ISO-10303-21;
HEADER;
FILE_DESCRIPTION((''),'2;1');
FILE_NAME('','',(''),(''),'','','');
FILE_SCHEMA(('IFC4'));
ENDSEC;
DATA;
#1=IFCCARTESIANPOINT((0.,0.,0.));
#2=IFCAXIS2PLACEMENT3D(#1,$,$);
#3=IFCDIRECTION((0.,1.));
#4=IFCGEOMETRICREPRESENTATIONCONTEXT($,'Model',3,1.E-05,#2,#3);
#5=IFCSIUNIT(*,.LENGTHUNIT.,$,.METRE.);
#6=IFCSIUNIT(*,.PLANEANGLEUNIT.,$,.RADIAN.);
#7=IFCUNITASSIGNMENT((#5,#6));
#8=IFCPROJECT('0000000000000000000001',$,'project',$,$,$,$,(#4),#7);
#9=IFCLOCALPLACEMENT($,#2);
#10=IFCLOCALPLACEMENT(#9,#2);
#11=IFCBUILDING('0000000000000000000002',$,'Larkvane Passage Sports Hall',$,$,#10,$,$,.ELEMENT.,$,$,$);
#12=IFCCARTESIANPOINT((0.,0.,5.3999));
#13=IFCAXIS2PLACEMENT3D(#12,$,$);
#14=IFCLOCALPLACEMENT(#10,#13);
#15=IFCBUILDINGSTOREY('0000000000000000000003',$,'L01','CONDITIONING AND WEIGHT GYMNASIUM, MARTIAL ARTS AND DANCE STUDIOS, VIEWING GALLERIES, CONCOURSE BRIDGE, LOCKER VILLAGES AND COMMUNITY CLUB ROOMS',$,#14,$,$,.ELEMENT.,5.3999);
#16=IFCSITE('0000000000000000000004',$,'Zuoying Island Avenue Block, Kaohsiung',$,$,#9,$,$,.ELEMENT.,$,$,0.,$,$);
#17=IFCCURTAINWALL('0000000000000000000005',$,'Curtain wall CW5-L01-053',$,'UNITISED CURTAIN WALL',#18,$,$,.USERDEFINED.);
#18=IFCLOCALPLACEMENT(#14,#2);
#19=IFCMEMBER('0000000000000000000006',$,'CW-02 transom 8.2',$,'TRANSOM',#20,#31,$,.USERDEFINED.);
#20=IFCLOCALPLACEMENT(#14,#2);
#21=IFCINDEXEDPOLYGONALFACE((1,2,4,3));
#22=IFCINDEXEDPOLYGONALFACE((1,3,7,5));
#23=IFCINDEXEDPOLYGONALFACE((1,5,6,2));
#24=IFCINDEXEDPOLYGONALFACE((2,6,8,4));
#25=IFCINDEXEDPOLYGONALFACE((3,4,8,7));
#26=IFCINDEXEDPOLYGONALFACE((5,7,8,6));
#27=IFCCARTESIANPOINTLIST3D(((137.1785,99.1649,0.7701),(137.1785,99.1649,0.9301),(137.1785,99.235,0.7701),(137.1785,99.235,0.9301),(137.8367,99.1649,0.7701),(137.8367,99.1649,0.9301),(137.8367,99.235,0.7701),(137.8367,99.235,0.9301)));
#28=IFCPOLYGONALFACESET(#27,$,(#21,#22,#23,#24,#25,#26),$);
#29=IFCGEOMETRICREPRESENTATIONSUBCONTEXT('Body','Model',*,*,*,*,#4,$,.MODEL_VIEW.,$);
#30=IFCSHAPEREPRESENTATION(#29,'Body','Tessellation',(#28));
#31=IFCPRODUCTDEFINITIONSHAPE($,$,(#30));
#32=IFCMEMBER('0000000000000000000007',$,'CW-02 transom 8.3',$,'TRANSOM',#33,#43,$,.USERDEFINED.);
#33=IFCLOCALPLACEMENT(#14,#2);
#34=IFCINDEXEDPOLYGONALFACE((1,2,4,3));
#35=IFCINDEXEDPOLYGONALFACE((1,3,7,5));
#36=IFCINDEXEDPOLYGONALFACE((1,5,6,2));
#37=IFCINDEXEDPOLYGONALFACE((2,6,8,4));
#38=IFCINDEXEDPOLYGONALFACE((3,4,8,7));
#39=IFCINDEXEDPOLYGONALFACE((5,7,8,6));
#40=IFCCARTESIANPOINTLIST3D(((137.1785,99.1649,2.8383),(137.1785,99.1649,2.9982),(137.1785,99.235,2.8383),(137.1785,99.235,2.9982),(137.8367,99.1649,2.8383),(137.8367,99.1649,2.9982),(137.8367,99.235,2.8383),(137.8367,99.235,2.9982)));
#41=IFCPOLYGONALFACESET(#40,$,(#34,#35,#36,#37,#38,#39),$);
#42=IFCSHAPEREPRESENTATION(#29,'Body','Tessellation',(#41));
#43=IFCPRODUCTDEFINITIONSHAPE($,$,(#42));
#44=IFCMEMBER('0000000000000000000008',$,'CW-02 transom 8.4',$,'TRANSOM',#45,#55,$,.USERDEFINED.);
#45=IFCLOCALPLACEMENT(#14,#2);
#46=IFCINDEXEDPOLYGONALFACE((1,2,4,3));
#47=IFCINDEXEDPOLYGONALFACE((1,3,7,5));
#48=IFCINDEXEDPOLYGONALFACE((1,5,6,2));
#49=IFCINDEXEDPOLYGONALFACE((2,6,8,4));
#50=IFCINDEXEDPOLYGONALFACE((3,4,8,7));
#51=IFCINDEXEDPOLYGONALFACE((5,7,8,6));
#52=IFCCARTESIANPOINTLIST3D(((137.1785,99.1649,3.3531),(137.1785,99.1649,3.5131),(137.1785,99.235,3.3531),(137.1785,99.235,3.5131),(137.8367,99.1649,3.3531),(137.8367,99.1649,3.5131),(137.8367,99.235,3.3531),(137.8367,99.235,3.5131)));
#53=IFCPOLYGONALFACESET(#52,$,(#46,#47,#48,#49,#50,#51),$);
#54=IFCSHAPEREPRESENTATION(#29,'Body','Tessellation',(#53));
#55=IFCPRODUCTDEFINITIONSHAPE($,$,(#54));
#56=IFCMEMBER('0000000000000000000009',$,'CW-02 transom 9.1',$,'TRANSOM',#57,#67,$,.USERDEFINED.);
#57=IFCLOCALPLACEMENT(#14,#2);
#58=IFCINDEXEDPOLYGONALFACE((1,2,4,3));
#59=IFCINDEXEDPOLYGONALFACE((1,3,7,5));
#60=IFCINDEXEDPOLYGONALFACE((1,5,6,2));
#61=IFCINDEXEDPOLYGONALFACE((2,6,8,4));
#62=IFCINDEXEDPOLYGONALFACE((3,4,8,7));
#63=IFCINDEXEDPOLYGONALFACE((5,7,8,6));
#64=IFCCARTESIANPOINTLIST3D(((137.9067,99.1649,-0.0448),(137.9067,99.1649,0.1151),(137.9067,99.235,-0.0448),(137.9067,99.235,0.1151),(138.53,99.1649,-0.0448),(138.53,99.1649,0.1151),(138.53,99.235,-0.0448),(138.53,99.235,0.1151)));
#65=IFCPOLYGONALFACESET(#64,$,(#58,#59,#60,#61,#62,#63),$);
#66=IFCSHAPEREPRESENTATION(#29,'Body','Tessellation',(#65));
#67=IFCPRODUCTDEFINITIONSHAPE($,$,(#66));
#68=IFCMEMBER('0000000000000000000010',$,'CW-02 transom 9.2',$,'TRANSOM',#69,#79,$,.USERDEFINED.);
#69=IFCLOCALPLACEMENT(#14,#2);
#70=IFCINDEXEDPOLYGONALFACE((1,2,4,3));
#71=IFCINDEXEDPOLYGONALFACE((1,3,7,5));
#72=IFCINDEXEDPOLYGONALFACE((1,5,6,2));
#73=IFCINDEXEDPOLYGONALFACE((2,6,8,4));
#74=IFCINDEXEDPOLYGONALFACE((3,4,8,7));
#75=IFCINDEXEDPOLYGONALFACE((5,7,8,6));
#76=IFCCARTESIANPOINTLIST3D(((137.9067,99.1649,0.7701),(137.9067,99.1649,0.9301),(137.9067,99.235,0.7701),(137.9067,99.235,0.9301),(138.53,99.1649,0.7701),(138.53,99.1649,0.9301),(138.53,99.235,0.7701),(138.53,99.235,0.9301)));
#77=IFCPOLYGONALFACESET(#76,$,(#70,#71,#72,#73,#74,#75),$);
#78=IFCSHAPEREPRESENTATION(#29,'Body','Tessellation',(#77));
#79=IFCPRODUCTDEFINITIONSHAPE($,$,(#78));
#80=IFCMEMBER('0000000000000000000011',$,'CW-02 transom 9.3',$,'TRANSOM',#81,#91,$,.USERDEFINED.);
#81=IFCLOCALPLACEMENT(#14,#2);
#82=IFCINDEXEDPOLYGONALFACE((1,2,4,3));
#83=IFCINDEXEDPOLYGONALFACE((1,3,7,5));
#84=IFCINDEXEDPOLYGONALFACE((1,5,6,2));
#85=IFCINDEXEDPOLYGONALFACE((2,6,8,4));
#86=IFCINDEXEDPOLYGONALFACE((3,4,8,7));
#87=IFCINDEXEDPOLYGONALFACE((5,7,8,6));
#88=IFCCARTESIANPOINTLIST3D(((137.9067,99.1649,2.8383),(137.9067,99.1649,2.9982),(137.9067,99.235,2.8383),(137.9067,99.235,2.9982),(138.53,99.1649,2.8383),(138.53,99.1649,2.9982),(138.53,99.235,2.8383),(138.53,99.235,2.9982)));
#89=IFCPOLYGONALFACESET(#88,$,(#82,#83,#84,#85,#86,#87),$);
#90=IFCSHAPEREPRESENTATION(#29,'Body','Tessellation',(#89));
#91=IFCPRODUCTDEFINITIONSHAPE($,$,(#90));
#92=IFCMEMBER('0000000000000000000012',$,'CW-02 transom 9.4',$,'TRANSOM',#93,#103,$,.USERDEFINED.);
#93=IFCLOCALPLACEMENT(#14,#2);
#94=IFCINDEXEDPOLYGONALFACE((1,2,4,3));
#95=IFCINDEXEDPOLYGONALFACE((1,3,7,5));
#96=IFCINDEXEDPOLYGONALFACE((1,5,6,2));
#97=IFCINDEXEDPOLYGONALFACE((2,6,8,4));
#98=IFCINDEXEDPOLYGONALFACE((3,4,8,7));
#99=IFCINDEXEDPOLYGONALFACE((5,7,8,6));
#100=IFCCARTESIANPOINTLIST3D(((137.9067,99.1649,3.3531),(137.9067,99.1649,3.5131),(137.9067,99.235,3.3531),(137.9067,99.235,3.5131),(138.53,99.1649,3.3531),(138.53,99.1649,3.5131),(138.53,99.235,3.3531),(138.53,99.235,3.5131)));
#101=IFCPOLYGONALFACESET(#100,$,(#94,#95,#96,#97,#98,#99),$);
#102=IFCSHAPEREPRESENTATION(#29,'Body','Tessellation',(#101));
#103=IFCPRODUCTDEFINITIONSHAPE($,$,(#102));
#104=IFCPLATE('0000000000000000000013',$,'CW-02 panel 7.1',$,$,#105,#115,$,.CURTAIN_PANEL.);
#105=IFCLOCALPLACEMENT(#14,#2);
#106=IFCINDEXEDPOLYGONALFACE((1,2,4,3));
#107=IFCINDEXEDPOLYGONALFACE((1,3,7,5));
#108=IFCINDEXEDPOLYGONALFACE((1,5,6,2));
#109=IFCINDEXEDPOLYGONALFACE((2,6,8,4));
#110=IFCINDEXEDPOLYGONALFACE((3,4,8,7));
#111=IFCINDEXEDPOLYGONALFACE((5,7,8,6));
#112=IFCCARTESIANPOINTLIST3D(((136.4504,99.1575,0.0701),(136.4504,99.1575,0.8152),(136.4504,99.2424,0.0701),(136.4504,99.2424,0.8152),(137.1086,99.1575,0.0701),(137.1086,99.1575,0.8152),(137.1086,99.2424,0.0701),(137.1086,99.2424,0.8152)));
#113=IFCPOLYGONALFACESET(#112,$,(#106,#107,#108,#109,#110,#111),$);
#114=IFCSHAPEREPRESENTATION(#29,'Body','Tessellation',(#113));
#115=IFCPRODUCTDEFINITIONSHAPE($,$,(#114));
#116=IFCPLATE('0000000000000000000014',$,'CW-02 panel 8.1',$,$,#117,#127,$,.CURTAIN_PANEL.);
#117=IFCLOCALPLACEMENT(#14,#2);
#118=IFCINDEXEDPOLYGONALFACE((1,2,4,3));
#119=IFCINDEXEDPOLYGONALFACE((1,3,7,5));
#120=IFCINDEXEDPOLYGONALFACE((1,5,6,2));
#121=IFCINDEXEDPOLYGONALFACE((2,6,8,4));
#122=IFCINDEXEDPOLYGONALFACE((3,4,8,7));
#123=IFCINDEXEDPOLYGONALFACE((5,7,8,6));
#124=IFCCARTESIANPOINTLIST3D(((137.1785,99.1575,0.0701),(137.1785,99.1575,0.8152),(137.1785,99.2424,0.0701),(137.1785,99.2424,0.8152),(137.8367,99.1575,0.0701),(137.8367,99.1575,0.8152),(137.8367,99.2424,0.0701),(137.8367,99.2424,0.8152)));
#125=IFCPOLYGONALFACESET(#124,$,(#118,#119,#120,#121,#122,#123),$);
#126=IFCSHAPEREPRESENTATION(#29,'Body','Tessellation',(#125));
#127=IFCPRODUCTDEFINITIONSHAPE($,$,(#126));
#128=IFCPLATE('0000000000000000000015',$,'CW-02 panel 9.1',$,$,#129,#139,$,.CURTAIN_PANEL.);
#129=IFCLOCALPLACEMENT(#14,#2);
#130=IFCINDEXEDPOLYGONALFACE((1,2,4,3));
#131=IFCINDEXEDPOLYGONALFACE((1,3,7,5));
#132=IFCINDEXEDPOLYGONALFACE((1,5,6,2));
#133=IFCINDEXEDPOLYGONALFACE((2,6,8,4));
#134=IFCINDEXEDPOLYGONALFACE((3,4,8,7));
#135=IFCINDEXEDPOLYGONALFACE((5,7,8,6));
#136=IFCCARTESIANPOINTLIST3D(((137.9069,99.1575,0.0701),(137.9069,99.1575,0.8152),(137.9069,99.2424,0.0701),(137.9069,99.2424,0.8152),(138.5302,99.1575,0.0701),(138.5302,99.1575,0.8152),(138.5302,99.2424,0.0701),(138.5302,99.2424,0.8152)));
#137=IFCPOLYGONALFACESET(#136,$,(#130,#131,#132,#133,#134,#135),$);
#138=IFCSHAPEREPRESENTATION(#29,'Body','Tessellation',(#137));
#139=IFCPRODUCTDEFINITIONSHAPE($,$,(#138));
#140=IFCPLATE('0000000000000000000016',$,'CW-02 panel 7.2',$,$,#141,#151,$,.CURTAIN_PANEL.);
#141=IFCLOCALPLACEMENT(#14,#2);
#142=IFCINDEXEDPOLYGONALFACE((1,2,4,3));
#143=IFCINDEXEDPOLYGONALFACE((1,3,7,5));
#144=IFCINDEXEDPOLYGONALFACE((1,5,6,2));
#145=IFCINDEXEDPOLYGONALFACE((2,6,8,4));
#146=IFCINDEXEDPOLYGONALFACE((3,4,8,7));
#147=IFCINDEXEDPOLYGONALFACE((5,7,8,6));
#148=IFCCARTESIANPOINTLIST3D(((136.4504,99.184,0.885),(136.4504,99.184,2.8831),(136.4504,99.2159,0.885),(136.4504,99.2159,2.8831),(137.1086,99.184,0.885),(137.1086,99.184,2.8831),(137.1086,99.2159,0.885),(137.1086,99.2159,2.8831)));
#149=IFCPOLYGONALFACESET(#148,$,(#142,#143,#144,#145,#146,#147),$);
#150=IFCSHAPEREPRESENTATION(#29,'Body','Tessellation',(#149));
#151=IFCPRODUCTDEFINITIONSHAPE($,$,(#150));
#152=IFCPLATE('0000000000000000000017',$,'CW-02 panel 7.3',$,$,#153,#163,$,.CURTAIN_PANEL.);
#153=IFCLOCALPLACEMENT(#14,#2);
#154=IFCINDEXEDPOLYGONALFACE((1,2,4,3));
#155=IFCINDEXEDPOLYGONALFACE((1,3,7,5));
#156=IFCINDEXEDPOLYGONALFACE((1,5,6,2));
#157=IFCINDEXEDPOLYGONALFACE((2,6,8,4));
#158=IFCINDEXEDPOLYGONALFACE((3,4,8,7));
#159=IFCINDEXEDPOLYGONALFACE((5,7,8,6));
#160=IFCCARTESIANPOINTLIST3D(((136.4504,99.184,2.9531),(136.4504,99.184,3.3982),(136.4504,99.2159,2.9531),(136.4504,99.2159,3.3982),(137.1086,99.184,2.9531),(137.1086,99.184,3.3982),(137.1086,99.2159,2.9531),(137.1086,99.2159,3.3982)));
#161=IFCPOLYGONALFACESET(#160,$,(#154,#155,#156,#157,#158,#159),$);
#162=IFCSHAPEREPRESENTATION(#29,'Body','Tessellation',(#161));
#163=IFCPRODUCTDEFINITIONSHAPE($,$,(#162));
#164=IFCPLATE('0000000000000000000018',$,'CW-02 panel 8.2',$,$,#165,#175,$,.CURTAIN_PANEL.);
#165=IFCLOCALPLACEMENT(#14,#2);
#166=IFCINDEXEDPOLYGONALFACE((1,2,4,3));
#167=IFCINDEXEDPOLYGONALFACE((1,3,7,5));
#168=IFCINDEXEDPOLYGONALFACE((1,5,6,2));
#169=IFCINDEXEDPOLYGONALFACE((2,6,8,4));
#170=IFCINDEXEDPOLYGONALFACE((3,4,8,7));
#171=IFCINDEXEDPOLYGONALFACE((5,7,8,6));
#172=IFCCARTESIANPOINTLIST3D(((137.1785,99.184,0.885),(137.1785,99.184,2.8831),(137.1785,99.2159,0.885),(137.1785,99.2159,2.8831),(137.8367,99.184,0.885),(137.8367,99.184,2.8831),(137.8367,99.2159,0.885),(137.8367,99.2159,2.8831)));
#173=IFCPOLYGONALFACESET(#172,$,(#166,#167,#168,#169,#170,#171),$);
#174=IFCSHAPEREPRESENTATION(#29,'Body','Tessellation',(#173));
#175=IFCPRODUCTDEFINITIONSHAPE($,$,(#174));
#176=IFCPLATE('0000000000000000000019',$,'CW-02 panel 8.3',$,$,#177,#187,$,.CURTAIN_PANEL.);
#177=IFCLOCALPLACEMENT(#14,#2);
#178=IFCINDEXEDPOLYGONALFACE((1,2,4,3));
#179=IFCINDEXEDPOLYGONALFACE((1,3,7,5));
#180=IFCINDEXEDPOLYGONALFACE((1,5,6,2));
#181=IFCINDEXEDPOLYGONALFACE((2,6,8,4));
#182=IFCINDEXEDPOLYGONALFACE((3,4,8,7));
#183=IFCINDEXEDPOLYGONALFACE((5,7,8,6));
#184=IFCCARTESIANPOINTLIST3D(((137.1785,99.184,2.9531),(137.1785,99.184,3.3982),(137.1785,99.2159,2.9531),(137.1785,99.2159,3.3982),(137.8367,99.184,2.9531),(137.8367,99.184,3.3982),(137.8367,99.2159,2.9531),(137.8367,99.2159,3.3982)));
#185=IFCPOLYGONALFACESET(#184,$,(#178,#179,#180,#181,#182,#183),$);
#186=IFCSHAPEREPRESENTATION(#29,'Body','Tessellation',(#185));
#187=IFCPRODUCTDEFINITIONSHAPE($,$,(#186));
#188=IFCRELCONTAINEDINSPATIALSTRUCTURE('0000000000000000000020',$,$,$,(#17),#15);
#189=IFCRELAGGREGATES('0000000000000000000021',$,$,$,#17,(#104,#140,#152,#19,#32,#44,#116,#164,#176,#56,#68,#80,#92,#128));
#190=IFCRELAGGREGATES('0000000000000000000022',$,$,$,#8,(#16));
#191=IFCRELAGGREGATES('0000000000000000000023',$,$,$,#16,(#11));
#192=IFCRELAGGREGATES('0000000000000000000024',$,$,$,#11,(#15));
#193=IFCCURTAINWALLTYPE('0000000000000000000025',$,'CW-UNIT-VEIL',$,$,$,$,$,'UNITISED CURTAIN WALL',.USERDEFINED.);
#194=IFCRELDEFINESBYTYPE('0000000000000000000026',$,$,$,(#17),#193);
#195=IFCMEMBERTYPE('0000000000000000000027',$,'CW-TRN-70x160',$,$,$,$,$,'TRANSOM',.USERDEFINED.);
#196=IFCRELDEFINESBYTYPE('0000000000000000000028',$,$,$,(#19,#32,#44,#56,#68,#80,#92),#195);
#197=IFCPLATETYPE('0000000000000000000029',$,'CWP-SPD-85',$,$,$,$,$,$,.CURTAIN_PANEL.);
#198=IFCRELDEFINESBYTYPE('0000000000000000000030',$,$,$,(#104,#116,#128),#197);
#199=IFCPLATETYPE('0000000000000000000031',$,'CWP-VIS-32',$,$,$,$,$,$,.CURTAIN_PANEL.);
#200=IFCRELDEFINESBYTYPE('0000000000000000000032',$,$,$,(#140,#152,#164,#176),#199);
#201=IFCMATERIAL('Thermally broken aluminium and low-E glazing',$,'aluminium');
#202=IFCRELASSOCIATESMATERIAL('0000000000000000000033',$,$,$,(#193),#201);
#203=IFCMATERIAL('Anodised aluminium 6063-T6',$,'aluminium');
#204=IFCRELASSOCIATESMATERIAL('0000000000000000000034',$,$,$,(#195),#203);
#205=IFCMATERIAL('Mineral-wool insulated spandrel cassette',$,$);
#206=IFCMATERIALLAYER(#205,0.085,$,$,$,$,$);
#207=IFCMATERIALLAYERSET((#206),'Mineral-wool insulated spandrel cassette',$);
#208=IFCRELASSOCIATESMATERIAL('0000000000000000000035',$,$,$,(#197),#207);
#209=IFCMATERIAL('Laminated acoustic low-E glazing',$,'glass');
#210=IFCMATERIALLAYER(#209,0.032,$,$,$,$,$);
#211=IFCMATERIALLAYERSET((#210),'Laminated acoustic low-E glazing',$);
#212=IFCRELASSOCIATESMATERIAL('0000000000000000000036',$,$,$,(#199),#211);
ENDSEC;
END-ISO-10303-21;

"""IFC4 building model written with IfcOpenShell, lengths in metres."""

from ifc_helpers import new_model, si_unit, direction, frame, origin, origin_2d, place, context, subcontext, project, spatial, rectangle, extrude, material, layer, layer_set, material_profile, profile_set, type_object, element, aggregate, save


model = new_model("IFC4")

# Units and contexts
model_context = context("Model", 3, precision=1e-05, world=origin(), true_north=direction((0.0, 1.0)))
body_context = subcontext(model_context, "Body", "Model", "MODEL_VIEW")
ifc_project = project(units=[si_unit("LENGTHUNIT", "METRE"), si_unit("PLANEANGLEUNIT", "RADIAN")], contexts=[model_context])

# Site, building, storey
site_placement = place(None, origin())
site = spatial("IfcSite", under=ifc_project, at=site_placement, Name="Zuoying Island Avenue Block, Kaohsiung", CompositionType="ELEMENT", RefElevation=0.0)
building_placement = place(site_placement, origin())
building = spatial("IfcBuilding", under=site, at=building_placement, Name="Larkvane Passage Sports Hall", CompositionType="ELEMENT")
storey_placement = place(building_placement, frame((0.0, 0.0, 5.3999)))
storey = spatial("IfcBuildingStorey", under=building, at=storey_placement, Name="L01", Description="CONDITIONING AND WEIGHT GYMNASIUM, MARTIAL ARTS AND DANCE STUDIOS, VIEWING GALLERIES, CONCOURSE BRIDGE, LOCKER VILLAGES AND COMMUNITY CLUB ROOMS", CompositionType="ELEMENT", Elevation=5.3999)

# Curtain wall, members, plates
ifc_material_1 = material(Name="Thermally broken aluminium and low-E glazing", Category="aluminium")
curtain_wall_type = type_object("IfcCurtainWallType", Name="CW-UNIT-VEIL", ElementType="UNITISED CURTAIN WALL", PredefinedType="USERDEFINED", material=ifc_material_1)
curtain_wall_placement = place(storey_placement, origin())
curtain_wall = element("IfcCurtainWall", 1, at=curtain_wall_placement, inside=storey, type_object=curtain_wall_type, Name="Curtain wall CW5-L01-053", ObjectType="UNITISED CURTAIN WALL", PredefinedType="USERDEFINED")
ifc_material_2 = material(Name="Anodised aluminium 6063-T6", Category="aluminium")
ifc_material_profile_1 = material_profile(ifc_material_2, rectangle(XDim=0.0701, YDim=0.1599, at=origin_2d()), Name="ALU-TRN-70x160")
ifc_profile_set_1 = profile_set([ifc_material_profile_1], Name="Anodised aluminium 6063-T6")
member_type_1 = type_object("IfcMemberType", Name="CW-TRN-70x160", ElementType="TRANSOM", PredefinedType="USERDEFINED", material=ifc_profile_set_1)
member_1_placement = place(storey_placement, frame((137.1785, 99.2, 0.8501), z_axis=(1.0, 0.0, 0.0), x_axis=(0.0, 1.0, 0.0)))
member_1 = element("IfcMember", 2, at=member_1_placement, type_object=member_type_1, Name="CW-02 transom 8.2", ObjectType="TRANSOM", PredefinedType="USERDEFINED", context=body_context, shape_type="SweptSolid", body=[
    extrude(rectangle(XDim=0.0701, YDim=0.1599, at=origin_2d()), origin(), (0.0, 0.0, 1.0), 0.6582),
])
member_2_placement = place(storey_placement, frame((137.1785, 99.2, 2.9182), z_axis=(1.0, 0.0, 0.0), x_axis=(0.0, 1.0, 0.0)))
member_2 = element("IfcMember", 3, at=member_2_placement, type_object=member_type_1, Name="CW-02 transom 8.3", ObjectType="TRANSOM", PredefinedType="USERDEFINED", context=body_context, shape_type="SweptSolid", body=[
    extrude(rectangle(XDim=0.0701, YDim=0.1599, at=origin_2d()), origin(), (0.0, 0.0, 1.0), 0.6582),
])
member_3_placement = place(storey_placement, frame((137.1785, 99.2, 3.4331), z_axis=(1.0, 0.0, 0.0), x_axis=(0.0, 1.0, 0.0)))
member_3 = element("IfcMember", 4, at=member_3_placement, type_object=member_type_1, Name="CW-02 transom 8.4", ObjectType="TRANSOM", PredefinedType="USERDEFINED", context=body_context, shape_type="SweptSolid", body=[
    extrude(rectangle(XDim=0.0701, YDim=0.1599, at=origin_2d()), origin(), (0.0, 0.0, 1.0), 0.6582),
])
member_4_placement = place(storey_placement, frame((137.9067, 99.2, 0.0352), z_axis=(1.0, 0.0, 0.0), x_axis=(0.0, 1.0, 0.0)))
member_4 = element("IfcMember", 5, at=member_4_placement, type_object=member_type_1, Name="CW-02 transom 9.1", ObjectType="TRANSOM", PredefinedType="USERDEFINED", context=body_context, shape_type="SweptSolid", body=[
    extrude(rectangle(XDim=0.0701, YDim=0.1599, at=origin_2d()), origin(), (0.0, 0.0, 1.0), 0.6233),
])
member_5_placement = place(storey_placement, frame((137.9067, 99.2, 0.8501), z_axis=(1.0, 0.0, 0.0), x_axis=(0.0, 1.0, 0.0)))
member_5 = element("IfcMember", 6, at=member_5_placement, type_object=member_type_1, Name="CW-02 transom 9.2", ObjectType="TRANSOM", PredefinedType="USERDEFINED", context=body_context, shape_type="SweptSolid", body=[
    extrude(rectangle(XDim=0.0701, YDim=0.1599, at=origin_2d()), origin(), (0.0, 0.0, 1.0), 0.6233),
])
member_6_placement = place(storey_placement, frame((137.9067, 99.2, 2.9182), z_axis=(1.0, 0.0, 0.0), x_axis=(0.0, 1.0, 0.0)))
member_6 = element("IfcMember", 7, at=member_6_placement, type_object=member_type_1, Name="CW-02 transom 9.3", ObjectType="TRANSOM", PredefinedType="USERDEFINED", context=body_context, shape_type="SweptSolid", body=[
    extrude(rectangle(XDim=0.0701, YDim=0.1599, at=origin_2d()), origin(), (0.0, 0.0, 1.0), 0.6233),
])
member_7_placement = place(storey_placement, frame((137.9067, 99.2, 3.4331), z_axis=(1.0, 0.0, 0.0), x_axis=(0.0, 1.0, 0.0)))
member_7 = element("IfcMember", 8, at=member_7_placement, type_object=member_type_1, Name="CW-02 transom 9.4", ObjectType="TRANSOM", PredefinedType="USERDEFINED", context=body_context, shape_type="SweptSolid", body=[
    extrude(rectangle(XDim=0.0701, YDim=0.1599, at=origin_2d()), origin(), (0.0, 0.0, 1.0), 0.6233),
])
ifc_material_3 = material(Name="Mineral-wool insulated spandrel cassette")
ifc_layer_1 = layer(ifc_material_3, 0.085)
ifc_layer_set_1 = layer_set([ifc_layer_1], Name="Mineral-wool insulated spandrel cassette")
plate_type_1 = type_object("IfcPlateType", Name="CWP-SPD-85", PredefinedType="CURTAIN_PANEL", material=ifc_layer_set_1)
plate_1_placement = place(storey_placement, frame((136.7795, 99.2, 0.0701), z_axis=(0.0, 0.0, 1.0), x_axis=(1.0, 0.0, 0.0)))
plate_1 = element("IfcPlate", 9, at=plate_1_placement, type_object=plate_type_1, Name="CW-02 panel 7.1", PredefinedType="CURTAIN_PANEL", context=body_context, shape_type="SweptSolid", body=[
    extrude(rectangle(XDim=0.6582, YDim=0.085, at=origin_2d()), origin(), (0.0, 0.0, 1.0), 0.7451),
])
plate_2_placement = place(storey_placement, frame((137.5076, 99.2, 0.0701), z_axis=(0.0, 0.0, 1.0), x_axis=(1.0, 0.0, 0.0)))
plate_2 = element("IfcPlate", 10, at=plate_2_placement, type_object=plate_type_1, Name="CW-02 panel 8.1", PredefinedType="CURTAIN_PANEL", context=body_context, shape_type="SweptSolid", body=[
    extrude(rectangle(XDim=0.6582, YDim=0.085, at=origin_2d()), origin(), (0.0, 0.0, 1.0), 0.7451),
])
plate_3_placement = place(storey_placement, frame((138.2185, 99.2, 0.0701), z_axis=(0.0, 0.0, 1.0), x_axis=(1.0, 0.0, 0.0)))
plate_3 = element("IfcPlate", 11, at=plate_3_placement, type_object=plate_type_1, Name="CW-02 panel 9.1", PredefinedType="CURTAIN_PANEL", context=body_context, shape_type="SweptSolid", body=[
    extrude(rectangle(XDim=0.6233, YDim=0.085, at=origin_2d()), origin(), (0.0, 0.0, 1.0), 0.7451),
])
ifc_material_4 = material(Name="Laminated acoustic low-E glazing", Category="glass")
ifc_layer_2 = layer(ifc_material_4, 0.032)
ifc_layer_set_2 = layer_set([ifc_layer_2], Name="Laminated acoustic low-E glazing")
plate_type_2 = type_object("IfcPlateType", Name="CWP-VIS-32", PredefinedType="CURTAIN_PANEL", material=ifc_layer_set_2)
plate_4_placement = place(storey_placement, frame((136.7795, 99.2, 0.885), z_axis=(0.0, 0.0, 1.0), x_axis=(1.0, 0.0, 0.0)))
plate_4 = element("IfcPlate", 12, at=plate_4_placement, type_object=plate_type_2, Name="CW-02 panel 7.2", PredefinedType="CURTAIN_PANEL", context=body_context, shape_type="SweptSolid", body=[
    extrude(rectangle(XDim=0.6582, YDim=0.032, at=origin_2d()), origin(), (0.0, 0.0, 1.0), 1.998),
])
plate_5_placement = place(storey_placement, frame((136.7795, 99.2, 2.9531), z_axis=(0.0, 0.0, 1.0), x_axis=(1.0, 0.0, 0.0)))
plate_5 = element("IfcPlate", 13, at=plate_5_placement, type_object=plate_type_2, Name="CW-02 panel 7.3", PredefinedType="CURTAIN_PANEL", context=body_context, shape_type="SweptSolid", body=[
    extrude(rectangle(XDim=0.6582, YDim=0.032, at=origin_2d()), origin(), (0.0, 0.0, 1.0), 0.4451),
])
plate_6_placement = place(storey_placement, frame((137.5076, 99.2, 0.885), z_axis=(0.0, 0.0, 1.0), x_axis=(1.0, 0.0, 0.0)))
plate_6 = element("IfcPlate", 14, at=plate_6_placement, type_object=plate_type_2, Name="CW-02 panel 8.2", PredefinedType="CURTAIN_PANEL", context=body_context, shape_type="SweptSolid", body=[
    extrude(rectangle(XDim=0.6582, YDim=0.032, at=origin_2d()), origin(), (0.0, 0.0, 1.0), 1.998),
])
plate_7_placement = place(storey_placement, frame((137.5076, 99.2, 2.9531), z_axis=(0.0, 0.0, 1.0), x_axis=(1.0, 0.0, 0.0)))
plate_7 = element("IfcPlate", 15, at=plate_7_placement, type_object=plate_type_2, Name="CW-02 panel 8.3", PredefinedType="CURTAIN_PANEL", context=body_context, shape_type="SweptSolid", body=[
    extrude(rectangle(XDim=0.6582, YDim=0.032, at=origin_2d()), origin(), (0.0, 0.0, 1.0), 0.4451),
])
aggregate(curtain_wall, [plate_1, plate_4, plate_5, member_1, member_2, member_3, plate_2, plate_6, plate_7, member_4, member_5, member_6, member_7, plate_3])

save(model, "model.ifc")
